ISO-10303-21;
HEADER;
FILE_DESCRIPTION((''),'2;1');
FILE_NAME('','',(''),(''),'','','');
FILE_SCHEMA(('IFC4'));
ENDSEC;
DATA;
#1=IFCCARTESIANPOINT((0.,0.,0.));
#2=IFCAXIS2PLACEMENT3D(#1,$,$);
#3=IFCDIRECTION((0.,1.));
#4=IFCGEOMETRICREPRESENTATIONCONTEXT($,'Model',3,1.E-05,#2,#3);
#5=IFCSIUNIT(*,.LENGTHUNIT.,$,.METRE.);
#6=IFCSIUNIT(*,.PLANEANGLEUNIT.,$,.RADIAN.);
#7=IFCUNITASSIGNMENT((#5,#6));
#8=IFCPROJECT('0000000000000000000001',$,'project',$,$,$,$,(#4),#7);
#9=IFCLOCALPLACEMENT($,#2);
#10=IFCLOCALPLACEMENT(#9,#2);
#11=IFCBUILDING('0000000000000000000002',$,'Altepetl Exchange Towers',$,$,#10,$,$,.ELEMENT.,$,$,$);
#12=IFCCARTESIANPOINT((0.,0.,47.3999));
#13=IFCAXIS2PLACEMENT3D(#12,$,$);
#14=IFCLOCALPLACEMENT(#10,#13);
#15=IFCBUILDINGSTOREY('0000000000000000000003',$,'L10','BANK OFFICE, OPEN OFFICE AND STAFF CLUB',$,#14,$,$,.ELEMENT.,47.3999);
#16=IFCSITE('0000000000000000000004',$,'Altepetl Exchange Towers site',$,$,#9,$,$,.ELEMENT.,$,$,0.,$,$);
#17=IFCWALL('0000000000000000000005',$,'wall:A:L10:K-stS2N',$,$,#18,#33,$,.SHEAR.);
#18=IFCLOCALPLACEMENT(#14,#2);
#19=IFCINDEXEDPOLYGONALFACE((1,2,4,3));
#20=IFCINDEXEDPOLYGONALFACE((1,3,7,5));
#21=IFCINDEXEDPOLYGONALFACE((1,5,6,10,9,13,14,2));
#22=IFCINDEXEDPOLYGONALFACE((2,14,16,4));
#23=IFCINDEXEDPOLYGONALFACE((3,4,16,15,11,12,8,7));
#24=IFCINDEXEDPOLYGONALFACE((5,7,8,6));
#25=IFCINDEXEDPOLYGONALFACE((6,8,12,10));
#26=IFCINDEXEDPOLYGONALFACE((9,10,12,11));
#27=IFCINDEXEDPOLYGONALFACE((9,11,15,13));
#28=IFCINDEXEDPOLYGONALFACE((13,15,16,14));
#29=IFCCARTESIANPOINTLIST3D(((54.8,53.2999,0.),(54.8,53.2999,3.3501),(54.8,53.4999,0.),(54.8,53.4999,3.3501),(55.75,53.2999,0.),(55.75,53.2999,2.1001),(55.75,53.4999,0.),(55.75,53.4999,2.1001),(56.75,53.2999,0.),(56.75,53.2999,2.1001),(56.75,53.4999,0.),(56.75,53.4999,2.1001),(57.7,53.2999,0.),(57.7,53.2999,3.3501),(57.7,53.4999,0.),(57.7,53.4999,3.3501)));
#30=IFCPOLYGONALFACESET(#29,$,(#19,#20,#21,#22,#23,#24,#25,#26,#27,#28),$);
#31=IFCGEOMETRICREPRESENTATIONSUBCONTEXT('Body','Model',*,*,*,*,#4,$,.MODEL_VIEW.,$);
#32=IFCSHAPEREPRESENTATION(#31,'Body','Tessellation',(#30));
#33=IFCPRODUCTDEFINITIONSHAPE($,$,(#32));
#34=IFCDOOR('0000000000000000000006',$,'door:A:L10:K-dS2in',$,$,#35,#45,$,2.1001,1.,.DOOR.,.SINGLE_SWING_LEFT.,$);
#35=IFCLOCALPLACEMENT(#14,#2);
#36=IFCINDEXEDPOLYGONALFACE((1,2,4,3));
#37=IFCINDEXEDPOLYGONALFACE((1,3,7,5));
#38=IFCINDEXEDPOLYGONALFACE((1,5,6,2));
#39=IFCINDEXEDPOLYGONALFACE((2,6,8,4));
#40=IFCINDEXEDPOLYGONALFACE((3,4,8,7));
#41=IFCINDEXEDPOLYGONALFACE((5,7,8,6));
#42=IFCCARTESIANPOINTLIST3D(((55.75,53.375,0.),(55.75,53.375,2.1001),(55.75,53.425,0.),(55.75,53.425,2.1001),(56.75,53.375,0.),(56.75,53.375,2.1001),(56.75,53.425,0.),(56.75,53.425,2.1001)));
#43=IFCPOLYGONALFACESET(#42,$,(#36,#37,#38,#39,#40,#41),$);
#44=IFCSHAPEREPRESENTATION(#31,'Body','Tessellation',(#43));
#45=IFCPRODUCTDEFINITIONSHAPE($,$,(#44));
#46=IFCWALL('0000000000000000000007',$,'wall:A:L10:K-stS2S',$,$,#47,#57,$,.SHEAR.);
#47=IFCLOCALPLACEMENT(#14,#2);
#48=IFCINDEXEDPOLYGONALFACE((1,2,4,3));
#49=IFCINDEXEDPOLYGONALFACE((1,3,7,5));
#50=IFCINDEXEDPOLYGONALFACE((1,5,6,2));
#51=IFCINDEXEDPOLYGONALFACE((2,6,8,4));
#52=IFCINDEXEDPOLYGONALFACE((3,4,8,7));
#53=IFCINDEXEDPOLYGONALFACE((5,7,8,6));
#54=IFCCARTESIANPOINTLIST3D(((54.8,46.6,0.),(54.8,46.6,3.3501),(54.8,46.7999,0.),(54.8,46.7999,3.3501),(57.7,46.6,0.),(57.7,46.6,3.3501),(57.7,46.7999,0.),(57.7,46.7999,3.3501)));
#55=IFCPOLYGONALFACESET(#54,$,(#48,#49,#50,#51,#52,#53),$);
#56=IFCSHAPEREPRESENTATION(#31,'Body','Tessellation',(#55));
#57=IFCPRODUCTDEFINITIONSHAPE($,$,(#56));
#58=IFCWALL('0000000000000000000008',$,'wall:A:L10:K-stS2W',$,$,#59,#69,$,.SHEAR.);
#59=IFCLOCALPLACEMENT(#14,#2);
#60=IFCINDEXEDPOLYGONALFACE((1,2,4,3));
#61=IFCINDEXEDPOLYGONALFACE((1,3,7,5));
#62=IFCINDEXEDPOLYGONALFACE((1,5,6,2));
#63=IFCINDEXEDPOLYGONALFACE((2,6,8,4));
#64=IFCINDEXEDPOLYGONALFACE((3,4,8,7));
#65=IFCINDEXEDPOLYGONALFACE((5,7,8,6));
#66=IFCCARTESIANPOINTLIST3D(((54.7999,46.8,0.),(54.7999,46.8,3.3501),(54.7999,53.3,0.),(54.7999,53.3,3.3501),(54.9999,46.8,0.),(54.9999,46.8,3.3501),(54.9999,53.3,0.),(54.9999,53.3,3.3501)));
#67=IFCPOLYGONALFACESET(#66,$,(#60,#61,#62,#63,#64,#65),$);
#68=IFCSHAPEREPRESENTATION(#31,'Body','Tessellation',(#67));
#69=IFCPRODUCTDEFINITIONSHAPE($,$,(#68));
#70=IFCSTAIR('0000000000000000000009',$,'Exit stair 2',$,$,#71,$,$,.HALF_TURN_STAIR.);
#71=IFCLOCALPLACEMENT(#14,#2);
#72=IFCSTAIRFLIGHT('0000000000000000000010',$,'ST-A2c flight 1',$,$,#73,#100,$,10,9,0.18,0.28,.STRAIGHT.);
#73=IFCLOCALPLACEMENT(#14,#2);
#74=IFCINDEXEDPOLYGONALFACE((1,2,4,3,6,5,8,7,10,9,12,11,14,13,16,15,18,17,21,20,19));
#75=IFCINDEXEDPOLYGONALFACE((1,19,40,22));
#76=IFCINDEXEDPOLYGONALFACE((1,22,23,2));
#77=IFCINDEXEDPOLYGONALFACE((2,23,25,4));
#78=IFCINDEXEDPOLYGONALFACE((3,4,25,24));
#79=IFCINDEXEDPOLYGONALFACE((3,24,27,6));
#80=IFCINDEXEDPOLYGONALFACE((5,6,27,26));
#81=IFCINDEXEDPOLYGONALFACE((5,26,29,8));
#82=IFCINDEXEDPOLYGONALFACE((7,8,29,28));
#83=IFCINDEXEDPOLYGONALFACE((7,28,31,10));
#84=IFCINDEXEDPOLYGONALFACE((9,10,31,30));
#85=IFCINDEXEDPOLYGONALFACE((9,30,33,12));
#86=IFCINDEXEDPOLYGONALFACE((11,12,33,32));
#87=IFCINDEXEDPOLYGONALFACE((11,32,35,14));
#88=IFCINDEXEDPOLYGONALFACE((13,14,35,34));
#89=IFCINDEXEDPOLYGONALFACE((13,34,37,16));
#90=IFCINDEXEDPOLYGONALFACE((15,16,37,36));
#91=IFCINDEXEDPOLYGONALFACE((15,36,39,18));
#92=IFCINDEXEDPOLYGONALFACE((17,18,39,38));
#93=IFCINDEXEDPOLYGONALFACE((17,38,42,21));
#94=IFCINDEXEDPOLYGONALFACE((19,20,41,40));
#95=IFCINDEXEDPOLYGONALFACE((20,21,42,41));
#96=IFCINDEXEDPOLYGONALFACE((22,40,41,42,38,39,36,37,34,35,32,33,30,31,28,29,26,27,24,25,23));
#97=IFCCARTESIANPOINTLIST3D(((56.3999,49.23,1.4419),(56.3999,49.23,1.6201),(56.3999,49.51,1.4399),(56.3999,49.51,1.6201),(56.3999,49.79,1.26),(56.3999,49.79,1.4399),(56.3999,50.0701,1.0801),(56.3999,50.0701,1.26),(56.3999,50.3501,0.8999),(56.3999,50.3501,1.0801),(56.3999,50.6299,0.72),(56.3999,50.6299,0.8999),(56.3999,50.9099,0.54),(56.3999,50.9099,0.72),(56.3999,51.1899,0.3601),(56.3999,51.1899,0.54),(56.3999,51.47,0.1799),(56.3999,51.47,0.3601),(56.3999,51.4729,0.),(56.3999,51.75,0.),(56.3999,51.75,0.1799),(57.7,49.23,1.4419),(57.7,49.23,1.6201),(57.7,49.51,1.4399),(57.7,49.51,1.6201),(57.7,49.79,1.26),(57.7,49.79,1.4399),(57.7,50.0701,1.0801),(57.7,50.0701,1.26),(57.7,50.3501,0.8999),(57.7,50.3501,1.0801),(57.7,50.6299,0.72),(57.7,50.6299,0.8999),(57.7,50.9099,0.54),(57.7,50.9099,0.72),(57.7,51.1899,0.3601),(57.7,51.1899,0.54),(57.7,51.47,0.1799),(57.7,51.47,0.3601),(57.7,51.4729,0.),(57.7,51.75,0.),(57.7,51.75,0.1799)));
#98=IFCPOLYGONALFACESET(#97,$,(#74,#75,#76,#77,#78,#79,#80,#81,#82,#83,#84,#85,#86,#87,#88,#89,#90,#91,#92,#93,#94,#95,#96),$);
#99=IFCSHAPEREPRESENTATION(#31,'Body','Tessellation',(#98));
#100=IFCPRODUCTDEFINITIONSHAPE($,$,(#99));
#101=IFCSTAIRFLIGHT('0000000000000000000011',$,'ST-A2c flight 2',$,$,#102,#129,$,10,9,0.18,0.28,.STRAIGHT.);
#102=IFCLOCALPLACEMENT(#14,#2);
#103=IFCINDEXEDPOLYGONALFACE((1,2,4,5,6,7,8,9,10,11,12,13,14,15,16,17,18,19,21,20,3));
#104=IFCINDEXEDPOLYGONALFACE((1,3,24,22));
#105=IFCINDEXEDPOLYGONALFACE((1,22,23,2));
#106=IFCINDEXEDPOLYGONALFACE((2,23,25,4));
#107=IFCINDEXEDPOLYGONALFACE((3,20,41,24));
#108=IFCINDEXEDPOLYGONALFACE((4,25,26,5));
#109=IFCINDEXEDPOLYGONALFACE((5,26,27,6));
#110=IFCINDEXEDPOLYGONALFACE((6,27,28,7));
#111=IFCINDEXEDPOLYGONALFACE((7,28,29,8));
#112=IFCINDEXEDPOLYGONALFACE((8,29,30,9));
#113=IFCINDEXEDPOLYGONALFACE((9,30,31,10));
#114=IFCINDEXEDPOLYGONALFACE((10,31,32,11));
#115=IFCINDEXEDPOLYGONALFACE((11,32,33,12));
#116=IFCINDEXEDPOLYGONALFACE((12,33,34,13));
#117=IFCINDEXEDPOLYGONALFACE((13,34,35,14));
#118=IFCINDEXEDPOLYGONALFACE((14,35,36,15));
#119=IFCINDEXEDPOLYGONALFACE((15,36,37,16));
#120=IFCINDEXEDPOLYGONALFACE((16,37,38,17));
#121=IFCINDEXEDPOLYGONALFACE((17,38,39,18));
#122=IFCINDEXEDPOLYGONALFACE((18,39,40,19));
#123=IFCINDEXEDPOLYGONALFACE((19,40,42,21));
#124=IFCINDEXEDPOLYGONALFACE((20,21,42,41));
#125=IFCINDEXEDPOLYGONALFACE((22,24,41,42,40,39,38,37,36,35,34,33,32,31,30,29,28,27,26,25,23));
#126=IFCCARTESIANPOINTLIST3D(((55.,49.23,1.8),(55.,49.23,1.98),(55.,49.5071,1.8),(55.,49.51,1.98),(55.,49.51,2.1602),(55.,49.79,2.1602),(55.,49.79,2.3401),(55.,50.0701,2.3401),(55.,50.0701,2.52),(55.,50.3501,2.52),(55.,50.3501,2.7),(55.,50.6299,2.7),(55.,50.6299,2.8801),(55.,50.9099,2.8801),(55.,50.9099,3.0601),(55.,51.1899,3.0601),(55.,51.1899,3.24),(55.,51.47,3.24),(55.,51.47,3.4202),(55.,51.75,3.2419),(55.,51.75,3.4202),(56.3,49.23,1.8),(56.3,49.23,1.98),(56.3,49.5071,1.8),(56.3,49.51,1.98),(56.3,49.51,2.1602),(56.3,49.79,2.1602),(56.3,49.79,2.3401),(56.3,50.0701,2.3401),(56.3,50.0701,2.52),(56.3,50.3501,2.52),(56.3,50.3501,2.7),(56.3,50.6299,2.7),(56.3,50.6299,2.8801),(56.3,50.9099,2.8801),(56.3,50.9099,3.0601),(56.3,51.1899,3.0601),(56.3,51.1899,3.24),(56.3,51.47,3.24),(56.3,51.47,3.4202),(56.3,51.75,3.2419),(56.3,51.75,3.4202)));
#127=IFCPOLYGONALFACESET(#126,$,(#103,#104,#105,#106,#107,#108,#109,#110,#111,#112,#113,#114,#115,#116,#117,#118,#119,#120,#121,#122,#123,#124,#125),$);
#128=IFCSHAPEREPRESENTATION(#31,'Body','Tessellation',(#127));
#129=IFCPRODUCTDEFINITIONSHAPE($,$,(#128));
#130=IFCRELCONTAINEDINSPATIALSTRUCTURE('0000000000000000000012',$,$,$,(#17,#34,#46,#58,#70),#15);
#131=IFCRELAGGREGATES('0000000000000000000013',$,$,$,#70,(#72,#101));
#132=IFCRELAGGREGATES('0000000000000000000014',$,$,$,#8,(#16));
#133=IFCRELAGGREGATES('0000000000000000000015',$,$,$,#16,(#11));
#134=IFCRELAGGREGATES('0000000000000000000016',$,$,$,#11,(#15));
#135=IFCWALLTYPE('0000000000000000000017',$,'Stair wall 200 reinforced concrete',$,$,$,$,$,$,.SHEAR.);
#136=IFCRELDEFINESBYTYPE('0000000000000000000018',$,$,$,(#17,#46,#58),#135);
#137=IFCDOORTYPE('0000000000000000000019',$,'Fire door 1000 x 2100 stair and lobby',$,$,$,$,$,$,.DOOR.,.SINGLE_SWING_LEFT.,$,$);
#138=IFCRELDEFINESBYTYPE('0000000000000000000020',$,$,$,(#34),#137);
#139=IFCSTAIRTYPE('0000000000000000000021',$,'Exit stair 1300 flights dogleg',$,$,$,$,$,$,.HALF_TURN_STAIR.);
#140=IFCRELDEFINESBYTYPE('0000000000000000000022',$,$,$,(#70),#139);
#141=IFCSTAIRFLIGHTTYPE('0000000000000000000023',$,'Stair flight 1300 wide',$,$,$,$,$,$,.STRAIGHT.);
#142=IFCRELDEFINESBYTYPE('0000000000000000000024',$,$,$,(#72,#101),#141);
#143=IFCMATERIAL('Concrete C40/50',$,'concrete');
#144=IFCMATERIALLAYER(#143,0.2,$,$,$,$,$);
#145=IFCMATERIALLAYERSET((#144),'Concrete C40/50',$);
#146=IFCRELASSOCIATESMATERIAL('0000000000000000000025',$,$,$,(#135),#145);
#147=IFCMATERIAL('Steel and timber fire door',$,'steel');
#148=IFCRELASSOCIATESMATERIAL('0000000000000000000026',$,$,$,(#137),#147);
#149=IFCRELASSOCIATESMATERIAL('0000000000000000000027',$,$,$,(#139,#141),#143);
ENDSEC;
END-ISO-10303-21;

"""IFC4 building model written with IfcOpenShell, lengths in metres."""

from ifc_helpers import new_model, si_unit, direction, frame, frame_2d, origin, place, context, subcontext, project, spatial, polyline, rectangle, outline, extrude, material, layer, layer_set, type_object, element, fill, aggregate, save


model = new_model("IFC4")

# Units and contexts
model_context = context("Model", 3, precision=1e-05, world=origin(), true_north=direction((0.0, 1.0)))
body_context = subcontext(model_context, "Body", "Model", "MODEL_VIEW")
ifc_project = project(units=[si_unit("LENGTHUNIT", "METRE"), si_unit("PLANEANGLEUNIT", "RADIAN")], contexts=[model_context])

# Site, building, storey
site_placement = place(None, origin())
site = spatial("IfcSite", under=ifc_project, at=site_placement, Name="Altepetl Exchange Towers site", CompositionType="ELEMENT", RefElevation=0.0)
building_placement = place(site_placement, origin())
building = spatial("IfcBuilding", under=site, at=building_placement, Name="Altepetl Exchange Towers", CompositionType="ELEMENT")
storey_placement = place(building_placement, frame((0.0, 0.0, 47.3999)))
storey = spatial("IfcBuildingStorey", under=building, at=storey_placement, Name="L10", Description="BANK OFFICE, OPEN OFFICE AND STAFF CLUB", CompositionType="ELEMENT", Elevation=47.3999)

# Shared definitions
ifc_material_1 = material(Name="Concrete C40/50", Category="concrete")

# Wall, opening, door
ifc_layer_1 = layer(ifc_material_1, 0.2)
ifc_layer_set_1 = layer_set([ifc_layer_1], Name="Concrete C40/50")
wall_type_1 = type_object("IfcWallType", Name="Stair wall 200 reinforced concrete", PredefinedType="SHEAR", material=ifc_layer_set_1)
wall_1_placement = place(storey_placement, frame((54.8, 53.3999, 0.0)))
wall_1 = element("IfcWall", 1, at=wall_1_placement, inside=storey, type_object=wall_type_1, Name="wall:A:L10:K-stS2N", PredefinedType="SHEAR", context=body_context, shape_type="SweptSolid", body=[
    extrude(rectangle(XDim=2.8999, YDim=0.2, at=frame_2d((1.45, 0.0))), origin(), (0.0, 0.0, 1.0), 3.3501),
])
opening_placement = place(wall_1_placement, frame((0.95, 0.0, 0.0)))
opening = element("IfcOpeningElement", 2, at=opening_placement, cuts=wall_1, PredefinedType="OPENING", context=body_context, shape_type="SweptSolid", body=[
    extrude(rectangle(XDim=1.0, YDim=2.1001, at=frame_2d((0.5, 1.05))), frame((0.0, 0.1099, 0.0), z_axis=(0.0, -1.0, 0.0), x_axis=(1.0, 0.0, 0.0)), (0.0, 0.0, 1.0), 0.22),
])
ifc_material_2 = material(Name="Steel and timber fire door", Category="steel")
door_type = type_object("IfcDoorType", Name="Fire door 1000 x 2100 stair and lobby", OperationType="SINGLE_SWING_LEFT", PredefinedType="DOOR", material=ifc_material_2)
door_placement = place(opening_placement, frame((1.0, 0.0, 0.0), x_axis=(-1.0, 0.0, 0.0)))
door = element("IfcDoor", 3, at=door_placement, inside=storey, type_object=door_type, Name="door:A:L10:K-dS2in", OperationType="SINGLE_SWING_LEFT", OverallHeight=2.1001, OverallWidth=1.0, PredefinedType="DOOR", context=body_context, shape_type="SweptSolid", body=[
    extrude(rectangle(XDim=1.0, YDim=2.1001, at=frame_2d((0.5, 1.05))), frame((0.0, 0.0249, 0.0), z_axis=(0.0, -1.0, 0.0), x_axis=(1.0, 0.0, 0.0)), (0.0, 0.0, 1.0), 0.05),
])
fill(opening, door)

# Walls
wall_2_placement = place(storey_placement, frame((54.8, 46.7, 0.0)))
element("IfcWall", 4, at=wall_2_placement, inside=storey, type_object=wall_type_1, Name="wall:A:L10:K-stS2S", PredefinedType="SHEAR", context=body_context, shape_type="SweptSolid", body=[
    extrude(rectangle(XDim=2.8999, YDim=0.2, at=frame_2d((1.45, 0.0))), origin(), (0.0, 0.0, 1.0), 3.3501),
])
wall_3_placement = place(storey_placement, frame((54.8999, 46.8, 0.0), z_axis=(0.0, 0.0, 1.0), x_axis=(0.0, 1.0, 0.0)))
element("IfcWall", 5, at=wall_3_placement, inside=storey, type_object=wall_type_1, Name="wall:A:L10:K-stS2W", PredefinedType="SHEAR", context=body_context, shape_type="SweptSolid", body=[
    extrude(rectangle(XDim=6.5, YDim=0.2, at=frame_2d((3.25, 0.0))), origin(), (0.0, 0.0, 1.0), 3.3501),
])

# Stair, stair flights
stair_type = type_object("IfcStairType", Name="Exit stair 1300 flights dogleg", PredefinedType="HALF_TURN_STAIR", material=ifc_material_1)
stair_placement = place(storey_placement, origin())
stair = element("IfcStair", 6, at=stair_placement, inside=storey, type_object=stair_type, Name="Exit stair 2", PredefinedType="HALF_TURN_STAIR")
stair_flight_type = type_object("IfcStairFlightType", Name="Stair flight 1300 wide", PredefinedType="STRAIGHT", material=ifc_material_1)
stair_flight_1_placement = place(storey_placement, frame((57.05, 51.75, 0.0), z_axis=(0.0, 0.0, 1.0), x_axis=(0.0, -1.0, 0.0)))
stair_flight_1 = element("IfcStairFlight", 7, at=stair_flight_1_placement, type_object=stair_flight_type, Name="ST-A2c flight 1", NumberOfRisers=10, NumberOfTreads=9, PredefinedType="STRAIGHT", RiserHeight=0.18, TreadLength=0.28, context=body_context, shape_type="SweptSolid", body=[
    extrude(outline(polyline([(0.0, 0.0), (0.0, 0.1799), (0.28, 0.1799), (0.28, 0.3601), (0.5601, 0.3601), (0.5601, 0.54), (0.8401, 0.54), (0.8401, 0.72), (1.1201, 0.72), (1.1201, 0.8999), (1.3999, 0.8999), (1.3999, 1.0801), (1.6799, 1.0801), (1.6799, 1.26), (1.96, 1.26), (1.96, 1.4399), (2.24, 1.4399), (2.24, 1.6201), (2.52, 1.6201), (2.52, 1.8), (2.52, 1.4419), (0.2771, 0.0), (0.0, 0.0)])), frame((0.0, 0.6499, 0.0), z_axis=(0.0, -1.0, 0.0), x_axis=(1.0, 0.0, 0.0)), (0.0, 0.0, 1.0), 1.3),
])
stair_flight_2_placement = place(storey_placement, frame((55.6499, 49.23, 1.8), z_axis=(0.0, 0.0, 1.0), x_axis=(0.0, 1.0, 0.0)))
stair_flight_2 = element("IfcStairFlight", 8, at=stair_flight_2_placement, type_object=stair_flight_type, Name="ST-A2c flight 2", NumberOfRisers=10, NumberOfTreads=9, PredefinedType="STRAIGHT", RiserHeight=0.18, TreadLength=0.28, context=body_context, shape_type="SweptSolid", body=[
    extrude(outline(polyline([(0.0, 0.0), (0.0, 0.1799), (0.28, 0.1799), (0.28, 0.3601), (0.5601, 0.3601), (0.5601, 0.54), (0.8401, 0.54), (0.8401, 0.72), (1.1201, 0.72), (1.1201, 0.8999), (1.3999, 0.8999), (1.3999, 1.0801), (1.6799, 1.0801), (1.6799, 1.26), (1.96, 1.26), (1.96, 1.4399), (2.24, 1.4399), (2.24, 1.6201), (2.52, 1.6201), (2.52, 1.8), (2.52, 1.4419), (0.2771, 0.0), (0.0, 0.0)])), frame((0.0, 0.6499, 0.0), z_axis=(0.0, -1.0, 0.0), x_axis=(1.0, 0.0, 0.0)), (0.0, 0.0, 1.0), 1.3),
])
aggregate(stair, [stair_flight_1, stair_flight_2])

save(model, "model.ifc")
